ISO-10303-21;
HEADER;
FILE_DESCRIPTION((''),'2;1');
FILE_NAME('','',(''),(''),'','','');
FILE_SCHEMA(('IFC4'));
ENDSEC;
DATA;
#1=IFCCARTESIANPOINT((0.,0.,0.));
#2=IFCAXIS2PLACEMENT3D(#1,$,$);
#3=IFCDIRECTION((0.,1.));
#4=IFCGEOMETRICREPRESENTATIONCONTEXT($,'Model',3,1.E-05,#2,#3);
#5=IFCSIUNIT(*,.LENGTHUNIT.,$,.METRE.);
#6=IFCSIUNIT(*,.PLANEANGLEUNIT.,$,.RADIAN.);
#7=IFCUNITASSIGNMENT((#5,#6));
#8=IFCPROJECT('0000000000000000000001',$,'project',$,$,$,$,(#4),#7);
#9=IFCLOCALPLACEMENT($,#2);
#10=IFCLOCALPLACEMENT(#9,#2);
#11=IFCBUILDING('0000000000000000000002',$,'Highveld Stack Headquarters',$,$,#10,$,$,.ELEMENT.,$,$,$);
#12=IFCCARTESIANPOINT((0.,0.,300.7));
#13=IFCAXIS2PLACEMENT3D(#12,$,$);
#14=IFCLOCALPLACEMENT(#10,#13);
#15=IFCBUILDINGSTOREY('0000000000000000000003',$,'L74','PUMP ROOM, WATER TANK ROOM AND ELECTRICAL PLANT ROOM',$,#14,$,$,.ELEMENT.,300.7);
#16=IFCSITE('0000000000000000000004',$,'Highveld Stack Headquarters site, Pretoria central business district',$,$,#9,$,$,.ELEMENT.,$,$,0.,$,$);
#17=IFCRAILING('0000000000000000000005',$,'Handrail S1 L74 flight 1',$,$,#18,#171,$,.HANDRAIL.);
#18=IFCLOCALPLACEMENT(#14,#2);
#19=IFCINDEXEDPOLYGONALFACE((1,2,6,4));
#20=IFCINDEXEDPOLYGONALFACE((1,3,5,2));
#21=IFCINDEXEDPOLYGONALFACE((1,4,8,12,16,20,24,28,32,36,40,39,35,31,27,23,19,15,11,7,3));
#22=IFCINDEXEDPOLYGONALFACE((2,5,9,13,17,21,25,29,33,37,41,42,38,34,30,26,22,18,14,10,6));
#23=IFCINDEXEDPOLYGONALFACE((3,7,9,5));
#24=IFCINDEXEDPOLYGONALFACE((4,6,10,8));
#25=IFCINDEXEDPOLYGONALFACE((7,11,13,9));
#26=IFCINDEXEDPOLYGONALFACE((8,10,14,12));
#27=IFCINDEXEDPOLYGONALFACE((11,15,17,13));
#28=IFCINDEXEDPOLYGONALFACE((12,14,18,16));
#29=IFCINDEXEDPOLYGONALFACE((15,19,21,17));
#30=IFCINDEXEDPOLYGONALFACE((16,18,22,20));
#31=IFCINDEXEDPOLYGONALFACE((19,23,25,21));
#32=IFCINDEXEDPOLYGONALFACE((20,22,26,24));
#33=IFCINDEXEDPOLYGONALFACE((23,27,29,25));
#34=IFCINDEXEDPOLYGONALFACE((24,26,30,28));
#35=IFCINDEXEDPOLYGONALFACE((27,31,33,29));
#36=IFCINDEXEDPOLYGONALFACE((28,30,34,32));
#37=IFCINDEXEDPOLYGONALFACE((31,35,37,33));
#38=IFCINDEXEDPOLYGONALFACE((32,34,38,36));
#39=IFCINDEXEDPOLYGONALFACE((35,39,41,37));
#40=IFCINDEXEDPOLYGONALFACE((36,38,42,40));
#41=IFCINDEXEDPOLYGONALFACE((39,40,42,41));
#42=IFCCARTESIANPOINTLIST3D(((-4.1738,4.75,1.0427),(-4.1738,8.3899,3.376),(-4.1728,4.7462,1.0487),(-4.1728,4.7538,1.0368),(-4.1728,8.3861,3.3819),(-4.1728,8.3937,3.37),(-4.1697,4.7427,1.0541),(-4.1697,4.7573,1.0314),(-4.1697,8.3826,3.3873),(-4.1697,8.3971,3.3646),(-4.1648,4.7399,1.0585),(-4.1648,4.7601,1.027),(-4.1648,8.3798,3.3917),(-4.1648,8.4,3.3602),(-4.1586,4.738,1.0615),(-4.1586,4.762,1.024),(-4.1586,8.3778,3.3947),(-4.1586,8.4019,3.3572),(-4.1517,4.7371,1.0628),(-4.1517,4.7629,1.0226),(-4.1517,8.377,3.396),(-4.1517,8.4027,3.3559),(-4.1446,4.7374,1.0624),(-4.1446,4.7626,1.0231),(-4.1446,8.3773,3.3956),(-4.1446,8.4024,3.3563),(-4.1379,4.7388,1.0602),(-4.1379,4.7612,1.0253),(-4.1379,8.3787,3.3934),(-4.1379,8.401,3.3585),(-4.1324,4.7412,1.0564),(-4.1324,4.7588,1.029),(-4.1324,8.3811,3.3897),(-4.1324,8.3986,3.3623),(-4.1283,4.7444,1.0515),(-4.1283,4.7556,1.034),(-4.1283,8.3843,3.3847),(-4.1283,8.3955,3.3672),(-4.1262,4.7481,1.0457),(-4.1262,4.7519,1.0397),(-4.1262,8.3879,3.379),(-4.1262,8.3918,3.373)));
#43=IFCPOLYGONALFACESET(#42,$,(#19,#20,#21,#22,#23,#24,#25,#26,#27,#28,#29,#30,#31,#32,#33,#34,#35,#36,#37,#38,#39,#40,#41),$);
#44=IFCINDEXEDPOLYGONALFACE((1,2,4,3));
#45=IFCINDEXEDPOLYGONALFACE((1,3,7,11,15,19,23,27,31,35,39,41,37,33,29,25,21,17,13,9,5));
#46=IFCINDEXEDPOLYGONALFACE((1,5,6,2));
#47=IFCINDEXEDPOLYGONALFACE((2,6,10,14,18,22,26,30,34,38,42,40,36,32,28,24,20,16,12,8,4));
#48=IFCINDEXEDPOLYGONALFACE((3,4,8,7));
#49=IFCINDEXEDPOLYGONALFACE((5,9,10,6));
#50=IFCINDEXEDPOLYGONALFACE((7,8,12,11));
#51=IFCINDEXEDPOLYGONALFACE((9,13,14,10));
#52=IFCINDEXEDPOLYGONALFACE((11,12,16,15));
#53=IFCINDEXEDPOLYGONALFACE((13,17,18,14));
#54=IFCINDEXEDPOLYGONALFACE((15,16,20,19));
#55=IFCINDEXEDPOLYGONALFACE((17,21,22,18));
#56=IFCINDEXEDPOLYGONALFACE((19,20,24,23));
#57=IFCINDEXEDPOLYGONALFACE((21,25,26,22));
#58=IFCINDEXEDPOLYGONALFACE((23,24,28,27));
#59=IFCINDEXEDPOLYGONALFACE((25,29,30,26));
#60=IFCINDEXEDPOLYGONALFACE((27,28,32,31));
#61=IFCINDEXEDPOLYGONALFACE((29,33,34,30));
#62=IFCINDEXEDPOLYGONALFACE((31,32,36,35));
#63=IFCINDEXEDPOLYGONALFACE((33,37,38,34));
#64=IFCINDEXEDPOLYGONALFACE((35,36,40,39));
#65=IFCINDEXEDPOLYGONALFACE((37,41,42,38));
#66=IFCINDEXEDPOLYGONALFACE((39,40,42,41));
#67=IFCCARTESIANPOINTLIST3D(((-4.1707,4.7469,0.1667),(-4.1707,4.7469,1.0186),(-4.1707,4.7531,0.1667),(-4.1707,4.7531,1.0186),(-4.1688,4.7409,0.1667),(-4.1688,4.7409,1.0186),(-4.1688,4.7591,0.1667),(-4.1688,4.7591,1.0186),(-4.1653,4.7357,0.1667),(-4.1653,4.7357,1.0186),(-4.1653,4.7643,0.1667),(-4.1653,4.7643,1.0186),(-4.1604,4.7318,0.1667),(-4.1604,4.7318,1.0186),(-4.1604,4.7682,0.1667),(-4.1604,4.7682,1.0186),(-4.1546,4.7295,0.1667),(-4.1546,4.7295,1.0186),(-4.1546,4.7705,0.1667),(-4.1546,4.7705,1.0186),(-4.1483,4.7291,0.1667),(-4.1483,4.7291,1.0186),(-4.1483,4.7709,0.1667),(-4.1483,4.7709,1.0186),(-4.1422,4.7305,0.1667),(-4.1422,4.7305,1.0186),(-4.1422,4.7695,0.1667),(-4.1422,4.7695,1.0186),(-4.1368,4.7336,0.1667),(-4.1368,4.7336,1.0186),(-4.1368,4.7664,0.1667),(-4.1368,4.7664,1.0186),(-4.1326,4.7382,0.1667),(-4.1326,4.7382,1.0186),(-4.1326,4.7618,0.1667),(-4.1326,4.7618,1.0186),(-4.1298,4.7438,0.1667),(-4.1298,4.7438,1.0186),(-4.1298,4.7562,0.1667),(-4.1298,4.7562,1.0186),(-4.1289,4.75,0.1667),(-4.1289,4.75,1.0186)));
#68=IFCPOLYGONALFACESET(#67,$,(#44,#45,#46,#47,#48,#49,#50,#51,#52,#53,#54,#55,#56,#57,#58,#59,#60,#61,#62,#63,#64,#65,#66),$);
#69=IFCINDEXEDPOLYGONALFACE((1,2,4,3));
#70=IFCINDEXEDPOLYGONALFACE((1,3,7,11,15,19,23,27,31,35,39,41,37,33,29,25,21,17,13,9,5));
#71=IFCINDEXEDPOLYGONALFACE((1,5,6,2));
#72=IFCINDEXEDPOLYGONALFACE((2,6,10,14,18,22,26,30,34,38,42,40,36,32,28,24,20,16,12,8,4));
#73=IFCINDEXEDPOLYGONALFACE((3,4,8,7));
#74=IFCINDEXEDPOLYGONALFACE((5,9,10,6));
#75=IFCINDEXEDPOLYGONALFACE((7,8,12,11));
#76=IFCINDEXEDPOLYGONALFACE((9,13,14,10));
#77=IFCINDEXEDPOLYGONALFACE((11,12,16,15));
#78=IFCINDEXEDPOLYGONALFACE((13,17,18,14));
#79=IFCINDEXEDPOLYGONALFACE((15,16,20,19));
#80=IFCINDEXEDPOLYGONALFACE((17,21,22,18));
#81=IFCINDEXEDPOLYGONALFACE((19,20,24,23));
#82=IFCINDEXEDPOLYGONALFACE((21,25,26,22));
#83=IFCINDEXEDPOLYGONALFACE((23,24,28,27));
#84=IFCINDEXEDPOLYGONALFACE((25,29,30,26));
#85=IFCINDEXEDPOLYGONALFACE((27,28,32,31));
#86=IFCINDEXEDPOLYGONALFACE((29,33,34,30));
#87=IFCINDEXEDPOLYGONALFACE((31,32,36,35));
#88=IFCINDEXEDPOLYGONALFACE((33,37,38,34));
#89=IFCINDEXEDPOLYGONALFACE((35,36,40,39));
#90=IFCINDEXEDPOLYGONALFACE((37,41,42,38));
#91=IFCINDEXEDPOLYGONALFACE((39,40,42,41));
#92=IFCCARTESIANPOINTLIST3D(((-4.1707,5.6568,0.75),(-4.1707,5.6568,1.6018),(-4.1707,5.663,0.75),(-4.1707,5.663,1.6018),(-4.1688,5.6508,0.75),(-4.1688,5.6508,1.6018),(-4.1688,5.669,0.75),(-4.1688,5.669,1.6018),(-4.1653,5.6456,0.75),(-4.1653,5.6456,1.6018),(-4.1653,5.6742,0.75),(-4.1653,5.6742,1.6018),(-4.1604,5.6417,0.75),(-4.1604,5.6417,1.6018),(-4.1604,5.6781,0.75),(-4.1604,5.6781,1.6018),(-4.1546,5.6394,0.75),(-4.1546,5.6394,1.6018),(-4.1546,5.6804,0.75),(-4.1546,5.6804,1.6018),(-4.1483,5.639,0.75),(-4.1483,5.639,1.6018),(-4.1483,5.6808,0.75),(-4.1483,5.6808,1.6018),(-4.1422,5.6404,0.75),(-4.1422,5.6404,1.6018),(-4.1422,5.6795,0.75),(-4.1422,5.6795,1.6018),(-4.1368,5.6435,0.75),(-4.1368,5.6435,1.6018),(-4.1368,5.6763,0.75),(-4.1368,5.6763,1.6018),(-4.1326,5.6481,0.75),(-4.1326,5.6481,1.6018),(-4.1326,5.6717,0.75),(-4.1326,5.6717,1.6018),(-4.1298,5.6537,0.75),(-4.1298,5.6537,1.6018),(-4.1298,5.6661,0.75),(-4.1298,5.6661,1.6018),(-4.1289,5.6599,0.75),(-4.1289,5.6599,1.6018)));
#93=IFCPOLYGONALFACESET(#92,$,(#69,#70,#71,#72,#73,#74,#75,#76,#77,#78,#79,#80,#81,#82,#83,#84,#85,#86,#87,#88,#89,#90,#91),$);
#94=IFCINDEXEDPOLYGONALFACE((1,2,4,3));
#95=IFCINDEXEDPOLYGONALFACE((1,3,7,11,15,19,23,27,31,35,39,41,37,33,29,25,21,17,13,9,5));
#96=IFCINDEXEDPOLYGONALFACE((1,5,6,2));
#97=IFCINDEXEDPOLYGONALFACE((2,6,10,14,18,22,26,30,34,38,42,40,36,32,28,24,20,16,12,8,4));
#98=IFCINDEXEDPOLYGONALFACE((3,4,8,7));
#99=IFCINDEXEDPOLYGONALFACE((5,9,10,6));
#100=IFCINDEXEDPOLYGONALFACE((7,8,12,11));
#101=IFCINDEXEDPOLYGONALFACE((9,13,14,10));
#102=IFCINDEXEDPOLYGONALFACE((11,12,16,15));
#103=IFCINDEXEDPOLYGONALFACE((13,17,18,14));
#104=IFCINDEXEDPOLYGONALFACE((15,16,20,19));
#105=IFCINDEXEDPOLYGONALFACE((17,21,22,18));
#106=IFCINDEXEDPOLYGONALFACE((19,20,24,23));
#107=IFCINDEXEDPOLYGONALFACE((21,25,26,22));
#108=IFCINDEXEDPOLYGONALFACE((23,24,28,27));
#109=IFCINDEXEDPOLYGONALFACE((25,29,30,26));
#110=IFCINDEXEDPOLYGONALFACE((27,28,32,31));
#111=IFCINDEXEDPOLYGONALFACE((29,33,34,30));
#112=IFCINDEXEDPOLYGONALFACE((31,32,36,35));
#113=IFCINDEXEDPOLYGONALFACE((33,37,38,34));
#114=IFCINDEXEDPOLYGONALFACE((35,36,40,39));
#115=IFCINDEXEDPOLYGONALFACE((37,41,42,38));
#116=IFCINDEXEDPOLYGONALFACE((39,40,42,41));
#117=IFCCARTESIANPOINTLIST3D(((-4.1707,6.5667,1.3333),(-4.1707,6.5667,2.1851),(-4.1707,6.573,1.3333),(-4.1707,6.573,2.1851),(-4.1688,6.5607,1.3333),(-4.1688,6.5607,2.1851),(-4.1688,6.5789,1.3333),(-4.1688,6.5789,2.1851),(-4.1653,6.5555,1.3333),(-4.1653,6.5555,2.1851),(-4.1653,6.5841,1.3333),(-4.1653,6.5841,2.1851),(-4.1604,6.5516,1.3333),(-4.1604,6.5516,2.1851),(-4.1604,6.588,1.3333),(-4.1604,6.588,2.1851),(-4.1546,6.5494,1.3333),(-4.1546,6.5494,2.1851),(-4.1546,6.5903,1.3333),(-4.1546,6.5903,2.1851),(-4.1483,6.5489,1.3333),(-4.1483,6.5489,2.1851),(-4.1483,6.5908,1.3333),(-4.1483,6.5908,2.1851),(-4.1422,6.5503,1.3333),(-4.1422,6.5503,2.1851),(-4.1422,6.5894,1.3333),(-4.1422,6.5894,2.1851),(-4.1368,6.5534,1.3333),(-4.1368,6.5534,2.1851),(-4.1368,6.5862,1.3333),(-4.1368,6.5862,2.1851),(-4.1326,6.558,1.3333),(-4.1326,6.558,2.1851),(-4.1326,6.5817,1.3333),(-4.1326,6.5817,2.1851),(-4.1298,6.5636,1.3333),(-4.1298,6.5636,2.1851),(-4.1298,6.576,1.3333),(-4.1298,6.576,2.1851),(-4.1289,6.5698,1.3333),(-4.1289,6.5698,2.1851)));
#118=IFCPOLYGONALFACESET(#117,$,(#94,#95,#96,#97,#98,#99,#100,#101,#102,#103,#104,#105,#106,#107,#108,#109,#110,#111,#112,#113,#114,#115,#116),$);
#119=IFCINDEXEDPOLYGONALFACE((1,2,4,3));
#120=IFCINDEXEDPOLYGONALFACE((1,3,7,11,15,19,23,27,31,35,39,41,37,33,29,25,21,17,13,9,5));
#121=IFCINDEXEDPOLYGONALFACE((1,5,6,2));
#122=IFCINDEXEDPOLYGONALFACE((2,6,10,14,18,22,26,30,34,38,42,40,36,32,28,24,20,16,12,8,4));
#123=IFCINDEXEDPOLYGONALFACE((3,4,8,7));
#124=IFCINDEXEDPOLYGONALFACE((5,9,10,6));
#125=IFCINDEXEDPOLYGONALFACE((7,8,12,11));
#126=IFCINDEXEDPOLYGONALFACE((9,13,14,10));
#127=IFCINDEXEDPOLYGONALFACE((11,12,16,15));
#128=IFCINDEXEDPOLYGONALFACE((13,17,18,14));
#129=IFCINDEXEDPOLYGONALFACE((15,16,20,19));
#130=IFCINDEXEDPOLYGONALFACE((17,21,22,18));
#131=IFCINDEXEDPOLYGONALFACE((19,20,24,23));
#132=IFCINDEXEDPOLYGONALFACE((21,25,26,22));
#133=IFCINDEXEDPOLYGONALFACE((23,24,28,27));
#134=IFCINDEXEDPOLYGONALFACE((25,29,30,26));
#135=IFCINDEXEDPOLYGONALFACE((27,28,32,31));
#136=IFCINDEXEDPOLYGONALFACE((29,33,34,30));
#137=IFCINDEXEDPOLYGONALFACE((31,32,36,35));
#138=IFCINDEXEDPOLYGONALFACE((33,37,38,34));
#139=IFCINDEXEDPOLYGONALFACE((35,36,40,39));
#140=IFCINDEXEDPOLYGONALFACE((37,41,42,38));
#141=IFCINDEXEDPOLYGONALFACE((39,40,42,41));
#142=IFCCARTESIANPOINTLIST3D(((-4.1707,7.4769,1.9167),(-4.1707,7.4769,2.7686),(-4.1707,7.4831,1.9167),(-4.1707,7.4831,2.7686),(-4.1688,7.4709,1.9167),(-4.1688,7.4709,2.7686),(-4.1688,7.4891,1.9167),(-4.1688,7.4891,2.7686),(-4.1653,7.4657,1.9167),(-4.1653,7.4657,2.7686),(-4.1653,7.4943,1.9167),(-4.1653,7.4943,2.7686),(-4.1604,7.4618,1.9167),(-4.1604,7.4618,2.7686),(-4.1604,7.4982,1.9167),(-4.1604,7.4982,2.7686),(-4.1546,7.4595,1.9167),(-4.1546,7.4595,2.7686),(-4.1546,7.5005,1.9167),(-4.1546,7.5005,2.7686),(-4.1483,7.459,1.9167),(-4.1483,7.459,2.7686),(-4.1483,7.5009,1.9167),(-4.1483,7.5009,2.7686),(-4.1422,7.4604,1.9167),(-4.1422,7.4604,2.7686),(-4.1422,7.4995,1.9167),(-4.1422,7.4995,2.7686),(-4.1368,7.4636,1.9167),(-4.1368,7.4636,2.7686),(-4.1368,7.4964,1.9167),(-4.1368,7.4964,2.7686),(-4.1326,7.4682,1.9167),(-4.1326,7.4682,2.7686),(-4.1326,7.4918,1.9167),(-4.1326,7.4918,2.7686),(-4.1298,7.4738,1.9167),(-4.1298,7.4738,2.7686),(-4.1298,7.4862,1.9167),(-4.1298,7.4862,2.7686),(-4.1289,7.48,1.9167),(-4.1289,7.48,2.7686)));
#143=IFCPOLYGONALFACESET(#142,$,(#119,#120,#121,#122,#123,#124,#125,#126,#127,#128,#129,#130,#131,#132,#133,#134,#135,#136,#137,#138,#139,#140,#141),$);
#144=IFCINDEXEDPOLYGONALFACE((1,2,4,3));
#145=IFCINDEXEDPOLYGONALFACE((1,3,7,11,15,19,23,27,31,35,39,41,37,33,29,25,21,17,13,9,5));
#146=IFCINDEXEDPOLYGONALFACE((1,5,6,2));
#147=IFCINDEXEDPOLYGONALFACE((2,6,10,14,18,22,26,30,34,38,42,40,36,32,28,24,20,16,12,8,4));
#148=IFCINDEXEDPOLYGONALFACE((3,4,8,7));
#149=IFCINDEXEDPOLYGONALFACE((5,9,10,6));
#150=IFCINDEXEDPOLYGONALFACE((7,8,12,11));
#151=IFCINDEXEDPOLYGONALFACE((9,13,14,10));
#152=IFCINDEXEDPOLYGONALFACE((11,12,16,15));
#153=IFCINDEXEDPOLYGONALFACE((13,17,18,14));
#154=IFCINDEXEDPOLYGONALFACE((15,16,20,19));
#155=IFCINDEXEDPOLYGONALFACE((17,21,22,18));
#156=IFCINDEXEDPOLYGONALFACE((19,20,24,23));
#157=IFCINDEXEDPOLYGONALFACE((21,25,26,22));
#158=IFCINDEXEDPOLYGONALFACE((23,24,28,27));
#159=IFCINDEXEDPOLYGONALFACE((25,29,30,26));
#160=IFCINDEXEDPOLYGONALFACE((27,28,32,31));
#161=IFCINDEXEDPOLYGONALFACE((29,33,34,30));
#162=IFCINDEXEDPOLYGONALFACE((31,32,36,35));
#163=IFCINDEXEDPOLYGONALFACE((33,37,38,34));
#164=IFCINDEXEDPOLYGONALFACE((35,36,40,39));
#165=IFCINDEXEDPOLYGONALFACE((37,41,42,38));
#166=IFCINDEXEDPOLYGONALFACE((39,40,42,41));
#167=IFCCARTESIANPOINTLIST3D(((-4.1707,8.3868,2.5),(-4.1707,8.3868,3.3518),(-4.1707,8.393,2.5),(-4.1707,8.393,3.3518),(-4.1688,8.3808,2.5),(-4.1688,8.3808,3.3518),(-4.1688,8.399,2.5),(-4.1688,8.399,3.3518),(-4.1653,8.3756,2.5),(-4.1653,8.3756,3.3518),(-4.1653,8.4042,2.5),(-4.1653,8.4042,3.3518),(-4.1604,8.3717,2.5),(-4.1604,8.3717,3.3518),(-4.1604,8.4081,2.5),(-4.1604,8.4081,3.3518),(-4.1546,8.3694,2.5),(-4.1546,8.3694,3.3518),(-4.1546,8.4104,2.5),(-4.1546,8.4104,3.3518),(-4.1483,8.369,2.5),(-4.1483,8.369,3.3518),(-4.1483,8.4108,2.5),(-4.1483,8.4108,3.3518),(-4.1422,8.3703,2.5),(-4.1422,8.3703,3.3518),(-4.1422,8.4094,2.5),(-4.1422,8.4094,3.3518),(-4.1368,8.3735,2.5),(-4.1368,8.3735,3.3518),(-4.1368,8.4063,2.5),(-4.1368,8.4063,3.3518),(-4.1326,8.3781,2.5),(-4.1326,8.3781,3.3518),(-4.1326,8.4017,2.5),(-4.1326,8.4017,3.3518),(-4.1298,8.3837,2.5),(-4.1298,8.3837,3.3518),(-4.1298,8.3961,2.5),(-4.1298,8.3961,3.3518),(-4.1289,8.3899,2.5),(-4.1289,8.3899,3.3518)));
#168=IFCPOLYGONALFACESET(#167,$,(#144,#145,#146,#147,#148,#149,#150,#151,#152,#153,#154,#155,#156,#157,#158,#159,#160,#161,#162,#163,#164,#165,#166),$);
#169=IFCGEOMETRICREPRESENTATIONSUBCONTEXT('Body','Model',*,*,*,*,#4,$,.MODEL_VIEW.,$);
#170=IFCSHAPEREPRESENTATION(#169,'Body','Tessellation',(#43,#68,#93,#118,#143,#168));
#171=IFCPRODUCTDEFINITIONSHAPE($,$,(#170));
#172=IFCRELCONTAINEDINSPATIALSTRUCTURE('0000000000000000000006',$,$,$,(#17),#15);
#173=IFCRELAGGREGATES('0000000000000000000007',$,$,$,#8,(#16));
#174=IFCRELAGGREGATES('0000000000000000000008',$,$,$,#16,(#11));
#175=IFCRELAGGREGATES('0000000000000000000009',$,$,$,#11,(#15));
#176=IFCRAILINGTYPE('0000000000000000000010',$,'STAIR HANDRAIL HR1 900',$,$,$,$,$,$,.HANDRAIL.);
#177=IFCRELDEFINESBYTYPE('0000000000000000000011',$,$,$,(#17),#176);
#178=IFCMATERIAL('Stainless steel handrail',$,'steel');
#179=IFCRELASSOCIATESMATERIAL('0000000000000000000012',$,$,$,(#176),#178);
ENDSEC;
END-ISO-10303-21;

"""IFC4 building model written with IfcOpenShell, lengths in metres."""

from ifc_helpers import new_model, si_unit, direction, frame, origin, origin_2d, place, context, subcontext, project, spatial, circle, extrude, material, type_object, element, save


model = new_model("IFC4")

# Units and contexts
model_context = context("Model", 3, precision=1e-05, world=origin(), true_north=direction((0.0, 1.0)))
body_context = subcontext(model_context, "Body", "Model", "MODEL_VIEW")
ifc_project = project(units=[si_unit("LENGTHUNIT", "METRE"), si_unit("PLANEANGLEUNIT", "RADIAN")], contexts=[model_context])

# Site, building, storey
site_placement = place(None, origin())
site = spatial("IfcSite", under=ifc_project, at=site_placement, Name="Highveld Stack Headquarters site, Pretoria central business district", CompositionType="ELEMENT", RefElevation=0.0)
building_placement = place(site_placement, origin())
building = spatial("IfcBuilding", under=site, at=building_placement, Name="Highveld Stack Headquarters", CompositionType="ELEMENT")
storey_placement = place(building_placement, frame((0.0, 0.0, 300.7)))
storey = spatial("IfcBuildingStorey", under=building, at=storey_placement, Name="L74", Description="PUMP ROOM, WATER TANK ROOM AND ELECTRICAL PLANT ROOM", CompositionType="ELEMENT", Elevation=300.7)

# Railing
ifc_material_1 = material(Name="Stainless steel handrail", Category="steel")
railing_type = type_object("IfcRailingType", Name="STAIR HANDRAIL HR1 900", PredefinedType="HANDRAIL", material=ifc_material_1)
for number, where, name in (
    (1, (-4.1499, 4.75, 0.1667), "Handrail S1 L74 flight 1"),
):
    element("IfcRailing", number, at=place(storey_placement, frame(where)), inside=storey, type_object=railing_type, Name=name, PredefinedType="HANDRAIL", context=body_context, shape_type="SweptSolid", body=[
        extrude(circle(Radius=0.0239, at=origin_2d()), frame((0.0, 0.0, 0.876), z_axis=(0.0, 0.84188, 0.539664), x_axis=(-1.0, 0.0, 0.0)), (0.0, 0.0, 1.0), 4.3235),
        extrude(circle(Radius=0.021, at=origin_2d()), origin(), (0.0, 0.0, 1.0), 0.8518),
        extrude(circle(Radius=0.021, at=origin_2d()), frame((0.0, 0.9099, 0.5833)), (0.0, 0.0, 1.0), 0.8518),
        extrude(circle(Radius=0.021, at=origin_2d()), frame((0.0, 1.8198, 1.1665)), (0.0, 0.0, 1.0), 0.8518),
        extrude(circle(Radius=0.021, at=origin_2d()), frame((0.0, 2.73, 1.75)), (0.0, 0.0, 1.0), 0.8518),
        extrude(circle(Radius=0.021, at=origin_2d()), frame((0.0, 3.6399, 2.3333)), (0.0, 0.0, 1.0), 0.8518),
    ])

save(model, "model.ifc")
